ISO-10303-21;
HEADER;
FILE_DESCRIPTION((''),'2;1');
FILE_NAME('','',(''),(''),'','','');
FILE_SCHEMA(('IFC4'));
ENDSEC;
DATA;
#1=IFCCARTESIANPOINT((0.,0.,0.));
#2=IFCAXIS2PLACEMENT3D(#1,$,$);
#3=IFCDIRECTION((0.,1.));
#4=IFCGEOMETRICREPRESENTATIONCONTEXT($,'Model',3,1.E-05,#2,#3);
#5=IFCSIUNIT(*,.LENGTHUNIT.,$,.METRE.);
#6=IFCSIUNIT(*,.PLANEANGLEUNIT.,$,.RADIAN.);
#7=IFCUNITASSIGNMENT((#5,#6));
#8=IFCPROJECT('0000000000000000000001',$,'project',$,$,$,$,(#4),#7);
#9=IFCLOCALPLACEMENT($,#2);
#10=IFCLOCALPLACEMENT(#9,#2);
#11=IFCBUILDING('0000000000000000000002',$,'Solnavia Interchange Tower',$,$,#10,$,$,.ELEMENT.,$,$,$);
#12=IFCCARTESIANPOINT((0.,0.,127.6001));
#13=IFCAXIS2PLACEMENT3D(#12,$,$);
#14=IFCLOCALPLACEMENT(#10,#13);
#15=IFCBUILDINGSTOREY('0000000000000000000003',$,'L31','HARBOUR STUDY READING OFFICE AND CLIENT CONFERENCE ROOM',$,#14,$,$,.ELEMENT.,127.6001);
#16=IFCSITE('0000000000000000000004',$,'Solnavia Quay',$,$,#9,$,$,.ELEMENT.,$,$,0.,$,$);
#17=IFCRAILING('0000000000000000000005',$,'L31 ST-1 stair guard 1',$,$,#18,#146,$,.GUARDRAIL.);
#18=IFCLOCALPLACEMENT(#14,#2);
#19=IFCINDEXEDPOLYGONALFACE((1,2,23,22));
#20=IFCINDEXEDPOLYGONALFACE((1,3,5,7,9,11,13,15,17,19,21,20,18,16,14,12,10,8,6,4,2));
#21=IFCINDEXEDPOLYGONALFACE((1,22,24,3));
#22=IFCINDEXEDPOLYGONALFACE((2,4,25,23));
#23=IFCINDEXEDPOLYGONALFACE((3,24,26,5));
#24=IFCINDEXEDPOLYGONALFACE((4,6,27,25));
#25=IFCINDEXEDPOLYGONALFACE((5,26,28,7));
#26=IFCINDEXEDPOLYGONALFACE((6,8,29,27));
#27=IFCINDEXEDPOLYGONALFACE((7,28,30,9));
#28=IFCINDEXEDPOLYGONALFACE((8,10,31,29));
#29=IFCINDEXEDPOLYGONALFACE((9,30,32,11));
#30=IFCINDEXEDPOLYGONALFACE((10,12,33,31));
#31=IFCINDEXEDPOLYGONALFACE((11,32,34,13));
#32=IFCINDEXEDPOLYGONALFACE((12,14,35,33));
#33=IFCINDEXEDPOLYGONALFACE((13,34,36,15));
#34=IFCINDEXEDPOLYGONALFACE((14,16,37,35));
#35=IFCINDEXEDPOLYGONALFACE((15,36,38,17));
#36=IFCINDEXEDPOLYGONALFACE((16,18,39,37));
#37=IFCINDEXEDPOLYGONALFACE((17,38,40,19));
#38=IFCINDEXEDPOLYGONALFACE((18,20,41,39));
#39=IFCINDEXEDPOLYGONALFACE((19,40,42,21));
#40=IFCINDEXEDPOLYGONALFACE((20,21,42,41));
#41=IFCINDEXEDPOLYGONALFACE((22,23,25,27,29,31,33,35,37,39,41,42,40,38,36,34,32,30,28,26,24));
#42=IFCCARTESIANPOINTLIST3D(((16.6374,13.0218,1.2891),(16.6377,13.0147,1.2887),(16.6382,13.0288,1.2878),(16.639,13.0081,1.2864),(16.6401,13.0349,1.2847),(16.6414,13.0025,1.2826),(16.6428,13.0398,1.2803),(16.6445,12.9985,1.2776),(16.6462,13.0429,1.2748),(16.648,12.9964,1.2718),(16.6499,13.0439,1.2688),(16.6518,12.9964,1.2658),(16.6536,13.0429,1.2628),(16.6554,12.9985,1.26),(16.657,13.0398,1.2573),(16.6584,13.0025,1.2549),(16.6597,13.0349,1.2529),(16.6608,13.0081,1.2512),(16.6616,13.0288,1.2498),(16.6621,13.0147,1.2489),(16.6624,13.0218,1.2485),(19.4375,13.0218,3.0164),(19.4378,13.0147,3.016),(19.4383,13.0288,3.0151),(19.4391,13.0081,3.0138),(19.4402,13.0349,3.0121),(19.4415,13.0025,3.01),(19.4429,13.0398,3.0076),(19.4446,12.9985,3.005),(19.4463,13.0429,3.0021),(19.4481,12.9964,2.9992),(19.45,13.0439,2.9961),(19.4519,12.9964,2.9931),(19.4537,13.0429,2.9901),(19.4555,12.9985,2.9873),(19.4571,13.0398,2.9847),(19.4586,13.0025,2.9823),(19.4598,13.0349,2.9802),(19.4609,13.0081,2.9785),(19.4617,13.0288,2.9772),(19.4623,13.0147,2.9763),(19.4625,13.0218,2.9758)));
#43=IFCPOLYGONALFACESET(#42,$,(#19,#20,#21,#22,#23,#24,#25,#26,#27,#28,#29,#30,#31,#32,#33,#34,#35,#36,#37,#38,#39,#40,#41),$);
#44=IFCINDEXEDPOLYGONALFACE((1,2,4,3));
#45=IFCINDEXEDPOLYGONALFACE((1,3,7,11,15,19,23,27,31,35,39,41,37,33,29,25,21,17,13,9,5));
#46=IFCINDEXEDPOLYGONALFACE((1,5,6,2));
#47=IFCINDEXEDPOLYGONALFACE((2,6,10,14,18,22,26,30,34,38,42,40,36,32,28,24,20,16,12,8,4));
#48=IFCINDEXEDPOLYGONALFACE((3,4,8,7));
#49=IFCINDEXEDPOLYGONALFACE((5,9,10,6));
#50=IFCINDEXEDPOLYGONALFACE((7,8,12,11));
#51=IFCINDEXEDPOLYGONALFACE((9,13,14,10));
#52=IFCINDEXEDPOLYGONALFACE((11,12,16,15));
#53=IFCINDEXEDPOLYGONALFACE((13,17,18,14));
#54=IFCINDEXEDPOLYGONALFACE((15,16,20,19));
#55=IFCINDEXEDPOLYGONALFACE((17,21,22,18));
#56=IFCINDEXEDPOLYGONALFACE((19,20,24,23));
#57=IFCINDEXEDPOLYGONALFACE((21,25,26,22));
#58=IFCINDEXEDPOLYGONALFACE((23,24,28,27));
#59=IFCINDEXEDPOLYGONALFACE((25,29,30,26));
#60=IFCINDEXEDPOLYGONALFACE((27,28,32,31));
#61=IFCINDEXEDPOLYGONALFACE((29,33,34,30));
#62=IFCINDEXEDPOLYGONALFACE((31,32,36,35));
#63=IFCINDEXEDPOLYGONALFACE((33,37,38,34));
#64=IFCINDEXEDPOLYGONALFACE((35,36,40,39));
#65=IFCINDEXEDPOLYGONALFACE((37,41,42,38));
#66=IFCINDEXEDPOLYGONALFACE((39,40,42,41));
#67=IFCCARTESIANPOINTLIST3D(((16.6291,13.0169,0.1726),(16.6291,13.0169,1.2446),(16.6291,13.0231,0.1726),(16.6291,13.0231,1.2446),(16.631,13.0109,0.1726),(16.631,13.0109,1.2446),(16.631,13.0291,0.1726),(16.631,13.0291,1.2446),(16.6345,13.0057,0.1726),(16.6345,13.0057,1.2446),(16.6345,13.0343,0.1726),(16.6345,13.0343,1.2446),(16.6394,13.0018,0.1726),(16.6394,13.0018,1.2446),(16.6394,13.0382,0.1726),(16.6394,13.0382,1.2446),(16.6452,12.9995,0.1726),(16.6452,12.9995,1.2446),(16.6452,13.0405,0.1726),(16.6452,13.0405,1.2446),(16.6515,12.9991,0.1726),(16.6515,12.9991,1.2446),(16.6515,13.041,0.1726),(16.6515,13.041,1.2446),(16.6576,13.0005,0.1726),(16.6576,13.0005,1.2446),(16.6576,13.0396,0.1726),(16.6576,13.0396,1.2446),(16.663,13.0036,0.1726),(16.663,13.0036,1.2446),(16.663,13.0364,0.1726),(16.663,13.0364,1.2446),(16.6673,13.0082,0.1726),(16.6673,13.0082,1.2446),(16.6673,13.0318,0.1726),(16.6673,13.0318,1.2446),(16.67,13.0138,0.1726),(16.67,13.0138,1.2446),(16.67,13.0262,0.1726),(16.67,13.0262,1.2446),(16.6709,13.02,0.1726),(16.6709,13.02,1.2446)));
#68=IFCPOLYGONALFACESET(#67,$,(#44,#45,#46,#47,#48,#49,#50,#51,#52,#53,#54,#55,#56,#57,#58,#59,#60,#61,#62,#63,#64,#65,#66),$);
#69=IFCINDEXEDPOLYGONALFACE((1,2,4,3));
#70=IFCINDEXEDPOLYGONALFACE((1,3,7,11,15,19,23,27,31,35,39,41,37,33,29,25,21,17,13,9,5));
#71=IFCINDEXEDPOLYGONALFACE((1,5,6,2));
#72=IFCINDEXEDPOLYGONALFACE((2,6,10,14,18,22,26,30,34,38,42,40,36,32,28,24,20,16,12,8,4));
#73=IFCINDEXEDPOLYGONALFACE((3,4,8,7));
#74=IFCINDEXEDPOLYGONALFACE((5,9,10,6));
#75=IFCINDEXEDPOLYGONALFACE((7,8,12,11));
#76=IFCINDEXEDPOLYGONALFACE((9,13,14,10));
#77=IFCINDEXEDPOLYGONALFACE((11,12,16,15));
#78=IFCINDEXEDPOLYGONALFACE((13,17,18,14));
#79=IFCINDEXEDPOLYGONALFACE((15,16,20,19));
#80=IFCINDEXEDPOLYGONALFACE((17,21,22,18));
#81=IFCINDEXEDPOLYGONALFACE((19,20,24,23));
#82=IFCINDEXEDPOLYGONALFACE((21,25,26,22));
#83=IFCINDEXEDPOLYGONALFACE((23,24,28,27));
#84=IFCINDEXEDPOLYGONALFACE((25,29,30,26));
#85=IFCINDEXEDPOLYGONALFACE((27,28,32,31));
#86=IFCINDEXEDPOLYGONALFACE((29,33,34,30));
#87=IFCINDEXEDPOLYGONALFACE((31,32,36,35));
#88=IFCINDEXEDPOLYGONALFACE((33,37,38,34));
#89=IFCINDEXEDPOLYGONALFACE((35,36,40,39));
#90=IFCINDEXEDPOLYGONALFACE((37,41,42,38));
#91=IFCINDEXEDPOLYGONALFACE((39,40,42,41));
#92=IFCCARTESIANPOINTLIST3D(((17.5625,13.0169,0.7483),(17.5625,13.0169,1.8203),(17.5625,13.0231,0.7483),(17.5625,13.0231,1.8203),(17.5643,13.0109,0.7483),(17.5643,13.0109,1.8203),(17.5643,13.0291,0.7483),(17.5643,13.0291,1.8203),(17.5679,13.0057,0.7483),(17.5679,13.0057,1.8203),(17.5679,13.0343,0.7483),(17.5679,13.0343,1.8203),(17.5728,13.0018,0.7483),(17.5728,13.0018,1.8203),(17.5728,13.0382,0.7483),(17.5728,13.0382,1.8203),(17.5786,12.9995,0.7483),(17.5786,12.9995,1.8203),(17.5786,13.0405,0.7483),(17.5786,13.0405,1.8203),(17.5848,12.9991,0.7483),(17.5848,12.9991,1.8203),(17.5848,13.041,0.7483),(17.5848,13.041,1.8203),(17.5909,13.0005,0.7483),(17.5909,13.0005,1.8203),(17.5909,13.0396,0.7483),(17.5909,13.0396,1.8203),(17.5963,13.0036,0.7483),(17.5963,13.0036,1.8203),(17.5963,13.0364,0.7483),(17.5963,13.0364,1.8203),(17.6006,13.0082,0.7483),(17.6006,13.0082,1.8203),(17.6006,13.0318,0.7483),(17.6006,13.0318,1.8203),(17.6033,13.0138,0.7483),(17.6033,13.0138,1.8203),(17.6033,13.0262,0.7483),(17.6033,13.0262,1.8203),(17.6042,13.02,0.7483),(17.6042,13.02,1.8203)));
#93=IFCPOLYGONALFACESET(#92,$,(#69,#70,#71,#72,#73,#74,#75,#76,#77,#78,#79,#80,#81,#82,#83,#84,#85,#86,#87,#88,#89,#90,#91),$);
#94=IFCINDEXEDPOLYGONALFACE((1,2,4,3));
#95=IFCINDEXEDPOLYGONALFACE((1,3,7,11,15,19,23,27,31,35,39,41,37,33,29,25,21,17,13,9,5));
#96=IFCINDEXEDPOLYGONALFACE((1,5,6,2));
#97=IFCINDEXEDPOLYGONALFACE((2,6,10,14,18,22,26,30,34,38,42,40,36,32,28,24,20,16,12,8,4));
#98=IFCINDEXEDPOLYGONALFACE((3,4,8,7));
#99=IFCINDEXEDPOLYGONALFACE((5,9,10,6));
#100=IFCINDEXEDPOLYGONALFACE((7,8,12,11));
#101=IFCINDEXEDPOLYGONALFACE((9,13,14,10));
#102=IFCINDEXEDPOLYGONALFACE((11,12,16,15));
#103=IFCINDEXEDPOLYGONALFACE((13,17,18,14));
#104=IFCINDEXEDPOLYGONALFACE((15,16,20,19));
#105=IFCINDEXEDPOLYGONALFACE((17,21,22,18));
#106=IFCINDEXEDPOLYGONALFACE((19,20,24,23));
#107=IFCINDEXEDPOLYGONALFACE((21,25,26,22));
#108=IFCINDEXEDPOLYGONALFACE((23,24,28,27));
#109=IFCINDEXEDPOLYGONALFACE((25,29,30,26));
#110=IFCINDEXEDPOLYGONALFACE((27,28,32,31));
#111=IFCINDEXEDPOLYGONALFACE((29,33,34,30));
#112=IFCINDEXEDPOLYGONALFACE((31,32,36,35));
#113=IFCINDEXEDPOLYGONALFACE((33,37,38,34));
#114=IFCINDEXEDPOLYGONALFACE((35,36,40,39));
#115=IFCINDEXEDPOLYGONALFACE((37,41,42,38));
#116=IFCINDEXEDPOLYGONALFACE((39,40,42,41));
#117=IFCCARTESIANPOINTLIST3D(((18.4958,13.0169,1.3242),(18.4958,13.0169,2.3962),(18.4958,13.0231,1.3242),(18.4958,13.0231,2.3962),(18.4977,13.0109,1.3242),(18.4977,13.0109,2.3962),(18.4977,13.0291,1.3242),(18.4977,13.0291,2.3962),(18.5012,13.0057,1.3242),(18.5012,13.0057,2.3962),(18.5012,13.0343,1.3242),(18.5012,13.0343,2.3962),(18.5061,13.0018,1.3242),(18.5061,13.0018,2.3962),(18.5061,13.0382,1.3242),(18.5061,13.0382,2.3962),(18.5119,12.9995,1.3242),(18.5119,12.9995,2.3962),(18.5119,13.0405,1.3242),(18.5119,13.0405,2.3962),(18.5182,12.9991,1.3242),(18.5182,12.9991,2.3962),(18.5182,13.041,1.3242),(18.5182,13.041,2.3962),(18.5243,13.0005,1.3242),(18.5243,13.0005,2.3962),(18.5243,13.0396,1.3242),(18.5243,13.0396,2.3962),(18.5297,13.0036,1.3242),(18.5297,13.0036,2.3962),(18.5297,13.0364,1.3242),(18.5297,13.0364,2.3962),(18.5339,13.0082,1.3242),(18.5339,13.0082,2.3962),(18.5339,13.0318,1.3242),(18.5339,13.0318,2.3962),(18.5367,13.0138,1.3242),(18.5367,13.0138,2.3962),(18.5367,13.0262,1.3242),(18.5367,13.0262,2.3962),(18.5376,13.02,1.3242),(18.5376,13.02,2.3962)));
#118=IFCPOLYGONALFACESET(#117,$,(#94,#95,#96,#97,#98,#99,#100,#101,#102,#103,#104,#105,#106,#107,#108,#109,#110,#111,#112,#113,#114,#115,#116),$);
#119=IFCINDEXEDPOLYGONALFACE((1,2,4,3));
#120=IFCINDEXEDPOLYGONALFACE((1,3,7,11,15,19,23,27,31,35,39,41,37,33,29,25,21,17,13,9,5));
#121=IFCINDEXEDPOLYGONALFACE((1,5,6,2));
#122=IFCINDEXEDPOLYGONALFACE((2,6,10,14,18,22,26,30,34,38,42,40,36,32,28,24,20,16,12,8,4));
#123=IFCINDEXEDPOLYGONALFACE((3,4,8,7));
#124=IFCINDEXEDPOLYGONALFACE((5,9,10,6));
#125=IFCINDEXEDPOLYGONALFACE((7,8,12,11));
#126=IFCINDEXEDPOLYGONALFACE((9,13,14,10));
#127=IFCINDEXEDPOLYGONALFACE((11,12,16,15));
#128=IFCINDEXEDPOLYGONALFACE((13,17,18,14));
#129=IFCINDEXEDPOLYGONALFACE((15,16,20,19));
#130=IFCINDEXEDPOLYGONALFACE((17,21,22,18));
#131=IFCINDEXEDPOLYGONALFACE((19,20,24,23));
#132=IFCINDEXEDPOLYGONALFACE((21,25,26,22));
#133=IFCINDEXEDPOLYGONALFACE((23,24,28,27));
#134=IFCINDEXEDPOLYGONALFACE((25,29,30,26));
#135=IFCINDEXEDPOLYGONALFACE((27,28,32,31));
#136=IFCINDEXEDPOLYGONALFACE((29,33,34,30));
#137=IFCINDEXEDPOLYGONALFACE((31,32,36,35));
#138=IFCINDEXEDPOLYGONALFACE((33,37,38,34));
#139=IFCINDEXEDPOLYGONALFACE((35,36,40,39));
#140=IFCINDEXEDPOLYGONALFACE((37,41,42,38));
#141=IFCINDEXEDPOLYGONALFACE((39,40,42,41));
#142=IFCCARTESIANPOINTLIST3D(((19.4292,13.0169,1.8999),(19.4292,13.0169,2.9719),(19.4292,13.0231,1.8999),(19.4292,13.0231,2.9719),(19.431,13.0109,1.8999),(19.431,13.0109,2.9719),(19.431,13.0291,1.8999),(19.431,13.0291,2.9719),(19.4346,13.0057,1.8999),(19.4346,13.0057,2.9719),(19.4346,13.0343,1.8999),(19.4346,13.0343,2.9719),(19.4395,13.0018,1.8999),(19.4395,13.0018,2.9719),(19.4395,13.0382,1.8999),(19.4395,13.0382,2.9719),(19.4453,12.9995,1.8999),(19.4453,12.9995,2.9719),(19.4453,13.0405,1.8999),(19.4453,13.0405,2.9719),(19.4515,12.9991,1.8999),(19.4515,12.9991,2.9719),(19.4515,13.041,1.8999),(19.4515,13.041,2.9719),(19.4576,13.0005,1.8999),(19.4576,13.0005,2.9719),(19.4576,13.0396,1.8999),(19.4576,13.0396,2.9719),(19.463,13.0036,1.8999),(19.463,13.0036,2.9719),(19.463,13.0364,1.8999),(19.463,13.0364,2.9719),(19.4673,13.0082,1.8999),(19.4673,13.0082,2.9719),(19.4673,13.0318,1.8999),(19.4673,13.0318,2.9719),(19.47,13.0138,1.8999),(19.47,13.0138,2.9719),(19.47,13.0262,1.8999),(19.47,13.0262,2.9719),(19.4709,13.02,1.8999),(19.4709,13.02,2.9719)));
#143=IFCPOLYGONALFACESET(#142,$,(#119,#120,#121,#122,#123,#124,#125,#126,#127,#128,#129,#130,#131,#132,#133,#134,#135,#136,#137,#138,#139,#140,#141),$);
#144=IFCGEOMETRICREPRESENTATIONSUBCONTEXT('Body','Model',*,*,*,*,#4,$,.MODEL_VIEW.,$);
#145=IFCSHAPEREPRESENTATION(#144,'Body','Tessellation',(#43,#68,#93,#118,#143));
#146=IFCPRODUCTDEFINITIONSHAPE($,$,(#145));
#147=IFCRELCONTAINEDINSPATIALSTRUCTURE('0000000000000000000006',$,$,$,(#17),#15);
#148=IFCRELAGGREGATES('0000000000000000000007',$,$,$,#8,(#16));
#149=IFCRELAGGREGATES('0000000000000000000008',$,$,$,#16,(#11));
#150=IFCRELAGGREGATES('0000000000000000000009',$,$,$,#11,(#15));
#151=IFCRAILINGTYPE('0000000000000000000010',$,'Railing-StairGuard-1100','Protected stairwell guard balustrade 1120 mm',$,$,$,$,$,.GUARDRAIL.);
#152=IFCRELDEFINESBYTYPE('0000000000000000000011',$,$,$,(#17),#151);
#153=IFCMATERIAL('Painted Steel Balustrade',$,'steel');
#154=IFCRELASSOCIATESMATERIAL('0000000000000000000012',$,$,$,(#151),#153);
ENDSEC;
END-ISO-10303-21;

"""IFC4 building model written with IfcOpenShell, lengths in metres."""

from ifc_helpers import new_model, si_unit, direction, frame, origin, origin_2d, place, context, subcontext, project, spatial, circle, extrude, material, type_object, element, save


model = new_model("IFC4")

# Units and contexts
model_context = context("Model", 3, precision=1e-05, world=origin(), true_north=direction((0.0, 1.0)))
body_context = subcontext(model_context, "Body", "Model", "MODEL_VIEW")
ifc_project = project(units=[si_unit("LENGTHUNIT", "METRE"), si_unit("PLANEANGLEUNIT", "RADIAN")], contexts=[model_context])

# Site, building, storey
site_placement = place(None, origin())
site = spatial("IfcSite", under=ifc_project, at=site_placement, Name="Solnavia Quay", CompositionType="ELEMENT", RefElevation=0.0)
building_placement = place(site_placement, origin())
building = spatial("IfcBuilding", under=site, at=building_placement, Name="Solnavia Interchange Tower", CompositionType="ELEMENT")
storey_placement = place(building_placement, frame((0.0, 0.0, 127.6001)))
storey = spatial("IfcBuildingStorey", under=building, at=storey_placement, Name="L31", Description="HARBOUR STUDY READING OFFICE AND CLIENT CONFERENCE ROOM", CompositionType="ELEMENT", Elevation=127.6001)

# Railing
ifc_material_1 = material(Name="Painted Steel Balustrade", Category="steel")
railing_type_1 = type_object("IfcRailingType", Name="Railing-StairGuard-1100", Description="Protected stairwell guard balustrade 1120 mm", PredefinedType="GUARDRAIL", material=ifc_material_1)
railing_1_placement = place(storey_placement, frame((16.6499, 13.02, 0.1726)))
element("IfcRailing", 1, at=railing_1_placement, inside=storey, type_object=railing_type_1, Name="L31 ST-1 stair guard 1", PredefinedType="GUARDRAIL", context=body_context, shape_type="SweptSolid", body=[
    extrude(circle(Radius=0.0239, at=origin_2d()), frame((0.0, 0.0, 1.0962), z_axis=(0.85109, 0.0, 0.52502), x_axis=(0.0, 1.0, 0.0)), (0.0, 0.0, 1.0), 3.29),
    extrude(circle(Radius=0.021, at=origin_2d()), origin(), (0.0, 0.0, 1.0), 1.072),
    extrude(circle(Radius=0.021, at=origin_2d()), frame((0.9333, 0.0, 0.5757)), (0.0, 0.0, 1.0), 1.072),
    extrude(circle(Radius=0.021, at=origin_2d()), frame((1.8667, 0.0, 1.1516)), (0.0, 0.0, 1.0), 1.072),
    extrude(circle(Radius=0.021, at=origin_2d()), frame((2.8, 0.0, 1.7273)), (0.0, 0.0, 1.0), 1.072),
])

save(model, "model.ifc")
